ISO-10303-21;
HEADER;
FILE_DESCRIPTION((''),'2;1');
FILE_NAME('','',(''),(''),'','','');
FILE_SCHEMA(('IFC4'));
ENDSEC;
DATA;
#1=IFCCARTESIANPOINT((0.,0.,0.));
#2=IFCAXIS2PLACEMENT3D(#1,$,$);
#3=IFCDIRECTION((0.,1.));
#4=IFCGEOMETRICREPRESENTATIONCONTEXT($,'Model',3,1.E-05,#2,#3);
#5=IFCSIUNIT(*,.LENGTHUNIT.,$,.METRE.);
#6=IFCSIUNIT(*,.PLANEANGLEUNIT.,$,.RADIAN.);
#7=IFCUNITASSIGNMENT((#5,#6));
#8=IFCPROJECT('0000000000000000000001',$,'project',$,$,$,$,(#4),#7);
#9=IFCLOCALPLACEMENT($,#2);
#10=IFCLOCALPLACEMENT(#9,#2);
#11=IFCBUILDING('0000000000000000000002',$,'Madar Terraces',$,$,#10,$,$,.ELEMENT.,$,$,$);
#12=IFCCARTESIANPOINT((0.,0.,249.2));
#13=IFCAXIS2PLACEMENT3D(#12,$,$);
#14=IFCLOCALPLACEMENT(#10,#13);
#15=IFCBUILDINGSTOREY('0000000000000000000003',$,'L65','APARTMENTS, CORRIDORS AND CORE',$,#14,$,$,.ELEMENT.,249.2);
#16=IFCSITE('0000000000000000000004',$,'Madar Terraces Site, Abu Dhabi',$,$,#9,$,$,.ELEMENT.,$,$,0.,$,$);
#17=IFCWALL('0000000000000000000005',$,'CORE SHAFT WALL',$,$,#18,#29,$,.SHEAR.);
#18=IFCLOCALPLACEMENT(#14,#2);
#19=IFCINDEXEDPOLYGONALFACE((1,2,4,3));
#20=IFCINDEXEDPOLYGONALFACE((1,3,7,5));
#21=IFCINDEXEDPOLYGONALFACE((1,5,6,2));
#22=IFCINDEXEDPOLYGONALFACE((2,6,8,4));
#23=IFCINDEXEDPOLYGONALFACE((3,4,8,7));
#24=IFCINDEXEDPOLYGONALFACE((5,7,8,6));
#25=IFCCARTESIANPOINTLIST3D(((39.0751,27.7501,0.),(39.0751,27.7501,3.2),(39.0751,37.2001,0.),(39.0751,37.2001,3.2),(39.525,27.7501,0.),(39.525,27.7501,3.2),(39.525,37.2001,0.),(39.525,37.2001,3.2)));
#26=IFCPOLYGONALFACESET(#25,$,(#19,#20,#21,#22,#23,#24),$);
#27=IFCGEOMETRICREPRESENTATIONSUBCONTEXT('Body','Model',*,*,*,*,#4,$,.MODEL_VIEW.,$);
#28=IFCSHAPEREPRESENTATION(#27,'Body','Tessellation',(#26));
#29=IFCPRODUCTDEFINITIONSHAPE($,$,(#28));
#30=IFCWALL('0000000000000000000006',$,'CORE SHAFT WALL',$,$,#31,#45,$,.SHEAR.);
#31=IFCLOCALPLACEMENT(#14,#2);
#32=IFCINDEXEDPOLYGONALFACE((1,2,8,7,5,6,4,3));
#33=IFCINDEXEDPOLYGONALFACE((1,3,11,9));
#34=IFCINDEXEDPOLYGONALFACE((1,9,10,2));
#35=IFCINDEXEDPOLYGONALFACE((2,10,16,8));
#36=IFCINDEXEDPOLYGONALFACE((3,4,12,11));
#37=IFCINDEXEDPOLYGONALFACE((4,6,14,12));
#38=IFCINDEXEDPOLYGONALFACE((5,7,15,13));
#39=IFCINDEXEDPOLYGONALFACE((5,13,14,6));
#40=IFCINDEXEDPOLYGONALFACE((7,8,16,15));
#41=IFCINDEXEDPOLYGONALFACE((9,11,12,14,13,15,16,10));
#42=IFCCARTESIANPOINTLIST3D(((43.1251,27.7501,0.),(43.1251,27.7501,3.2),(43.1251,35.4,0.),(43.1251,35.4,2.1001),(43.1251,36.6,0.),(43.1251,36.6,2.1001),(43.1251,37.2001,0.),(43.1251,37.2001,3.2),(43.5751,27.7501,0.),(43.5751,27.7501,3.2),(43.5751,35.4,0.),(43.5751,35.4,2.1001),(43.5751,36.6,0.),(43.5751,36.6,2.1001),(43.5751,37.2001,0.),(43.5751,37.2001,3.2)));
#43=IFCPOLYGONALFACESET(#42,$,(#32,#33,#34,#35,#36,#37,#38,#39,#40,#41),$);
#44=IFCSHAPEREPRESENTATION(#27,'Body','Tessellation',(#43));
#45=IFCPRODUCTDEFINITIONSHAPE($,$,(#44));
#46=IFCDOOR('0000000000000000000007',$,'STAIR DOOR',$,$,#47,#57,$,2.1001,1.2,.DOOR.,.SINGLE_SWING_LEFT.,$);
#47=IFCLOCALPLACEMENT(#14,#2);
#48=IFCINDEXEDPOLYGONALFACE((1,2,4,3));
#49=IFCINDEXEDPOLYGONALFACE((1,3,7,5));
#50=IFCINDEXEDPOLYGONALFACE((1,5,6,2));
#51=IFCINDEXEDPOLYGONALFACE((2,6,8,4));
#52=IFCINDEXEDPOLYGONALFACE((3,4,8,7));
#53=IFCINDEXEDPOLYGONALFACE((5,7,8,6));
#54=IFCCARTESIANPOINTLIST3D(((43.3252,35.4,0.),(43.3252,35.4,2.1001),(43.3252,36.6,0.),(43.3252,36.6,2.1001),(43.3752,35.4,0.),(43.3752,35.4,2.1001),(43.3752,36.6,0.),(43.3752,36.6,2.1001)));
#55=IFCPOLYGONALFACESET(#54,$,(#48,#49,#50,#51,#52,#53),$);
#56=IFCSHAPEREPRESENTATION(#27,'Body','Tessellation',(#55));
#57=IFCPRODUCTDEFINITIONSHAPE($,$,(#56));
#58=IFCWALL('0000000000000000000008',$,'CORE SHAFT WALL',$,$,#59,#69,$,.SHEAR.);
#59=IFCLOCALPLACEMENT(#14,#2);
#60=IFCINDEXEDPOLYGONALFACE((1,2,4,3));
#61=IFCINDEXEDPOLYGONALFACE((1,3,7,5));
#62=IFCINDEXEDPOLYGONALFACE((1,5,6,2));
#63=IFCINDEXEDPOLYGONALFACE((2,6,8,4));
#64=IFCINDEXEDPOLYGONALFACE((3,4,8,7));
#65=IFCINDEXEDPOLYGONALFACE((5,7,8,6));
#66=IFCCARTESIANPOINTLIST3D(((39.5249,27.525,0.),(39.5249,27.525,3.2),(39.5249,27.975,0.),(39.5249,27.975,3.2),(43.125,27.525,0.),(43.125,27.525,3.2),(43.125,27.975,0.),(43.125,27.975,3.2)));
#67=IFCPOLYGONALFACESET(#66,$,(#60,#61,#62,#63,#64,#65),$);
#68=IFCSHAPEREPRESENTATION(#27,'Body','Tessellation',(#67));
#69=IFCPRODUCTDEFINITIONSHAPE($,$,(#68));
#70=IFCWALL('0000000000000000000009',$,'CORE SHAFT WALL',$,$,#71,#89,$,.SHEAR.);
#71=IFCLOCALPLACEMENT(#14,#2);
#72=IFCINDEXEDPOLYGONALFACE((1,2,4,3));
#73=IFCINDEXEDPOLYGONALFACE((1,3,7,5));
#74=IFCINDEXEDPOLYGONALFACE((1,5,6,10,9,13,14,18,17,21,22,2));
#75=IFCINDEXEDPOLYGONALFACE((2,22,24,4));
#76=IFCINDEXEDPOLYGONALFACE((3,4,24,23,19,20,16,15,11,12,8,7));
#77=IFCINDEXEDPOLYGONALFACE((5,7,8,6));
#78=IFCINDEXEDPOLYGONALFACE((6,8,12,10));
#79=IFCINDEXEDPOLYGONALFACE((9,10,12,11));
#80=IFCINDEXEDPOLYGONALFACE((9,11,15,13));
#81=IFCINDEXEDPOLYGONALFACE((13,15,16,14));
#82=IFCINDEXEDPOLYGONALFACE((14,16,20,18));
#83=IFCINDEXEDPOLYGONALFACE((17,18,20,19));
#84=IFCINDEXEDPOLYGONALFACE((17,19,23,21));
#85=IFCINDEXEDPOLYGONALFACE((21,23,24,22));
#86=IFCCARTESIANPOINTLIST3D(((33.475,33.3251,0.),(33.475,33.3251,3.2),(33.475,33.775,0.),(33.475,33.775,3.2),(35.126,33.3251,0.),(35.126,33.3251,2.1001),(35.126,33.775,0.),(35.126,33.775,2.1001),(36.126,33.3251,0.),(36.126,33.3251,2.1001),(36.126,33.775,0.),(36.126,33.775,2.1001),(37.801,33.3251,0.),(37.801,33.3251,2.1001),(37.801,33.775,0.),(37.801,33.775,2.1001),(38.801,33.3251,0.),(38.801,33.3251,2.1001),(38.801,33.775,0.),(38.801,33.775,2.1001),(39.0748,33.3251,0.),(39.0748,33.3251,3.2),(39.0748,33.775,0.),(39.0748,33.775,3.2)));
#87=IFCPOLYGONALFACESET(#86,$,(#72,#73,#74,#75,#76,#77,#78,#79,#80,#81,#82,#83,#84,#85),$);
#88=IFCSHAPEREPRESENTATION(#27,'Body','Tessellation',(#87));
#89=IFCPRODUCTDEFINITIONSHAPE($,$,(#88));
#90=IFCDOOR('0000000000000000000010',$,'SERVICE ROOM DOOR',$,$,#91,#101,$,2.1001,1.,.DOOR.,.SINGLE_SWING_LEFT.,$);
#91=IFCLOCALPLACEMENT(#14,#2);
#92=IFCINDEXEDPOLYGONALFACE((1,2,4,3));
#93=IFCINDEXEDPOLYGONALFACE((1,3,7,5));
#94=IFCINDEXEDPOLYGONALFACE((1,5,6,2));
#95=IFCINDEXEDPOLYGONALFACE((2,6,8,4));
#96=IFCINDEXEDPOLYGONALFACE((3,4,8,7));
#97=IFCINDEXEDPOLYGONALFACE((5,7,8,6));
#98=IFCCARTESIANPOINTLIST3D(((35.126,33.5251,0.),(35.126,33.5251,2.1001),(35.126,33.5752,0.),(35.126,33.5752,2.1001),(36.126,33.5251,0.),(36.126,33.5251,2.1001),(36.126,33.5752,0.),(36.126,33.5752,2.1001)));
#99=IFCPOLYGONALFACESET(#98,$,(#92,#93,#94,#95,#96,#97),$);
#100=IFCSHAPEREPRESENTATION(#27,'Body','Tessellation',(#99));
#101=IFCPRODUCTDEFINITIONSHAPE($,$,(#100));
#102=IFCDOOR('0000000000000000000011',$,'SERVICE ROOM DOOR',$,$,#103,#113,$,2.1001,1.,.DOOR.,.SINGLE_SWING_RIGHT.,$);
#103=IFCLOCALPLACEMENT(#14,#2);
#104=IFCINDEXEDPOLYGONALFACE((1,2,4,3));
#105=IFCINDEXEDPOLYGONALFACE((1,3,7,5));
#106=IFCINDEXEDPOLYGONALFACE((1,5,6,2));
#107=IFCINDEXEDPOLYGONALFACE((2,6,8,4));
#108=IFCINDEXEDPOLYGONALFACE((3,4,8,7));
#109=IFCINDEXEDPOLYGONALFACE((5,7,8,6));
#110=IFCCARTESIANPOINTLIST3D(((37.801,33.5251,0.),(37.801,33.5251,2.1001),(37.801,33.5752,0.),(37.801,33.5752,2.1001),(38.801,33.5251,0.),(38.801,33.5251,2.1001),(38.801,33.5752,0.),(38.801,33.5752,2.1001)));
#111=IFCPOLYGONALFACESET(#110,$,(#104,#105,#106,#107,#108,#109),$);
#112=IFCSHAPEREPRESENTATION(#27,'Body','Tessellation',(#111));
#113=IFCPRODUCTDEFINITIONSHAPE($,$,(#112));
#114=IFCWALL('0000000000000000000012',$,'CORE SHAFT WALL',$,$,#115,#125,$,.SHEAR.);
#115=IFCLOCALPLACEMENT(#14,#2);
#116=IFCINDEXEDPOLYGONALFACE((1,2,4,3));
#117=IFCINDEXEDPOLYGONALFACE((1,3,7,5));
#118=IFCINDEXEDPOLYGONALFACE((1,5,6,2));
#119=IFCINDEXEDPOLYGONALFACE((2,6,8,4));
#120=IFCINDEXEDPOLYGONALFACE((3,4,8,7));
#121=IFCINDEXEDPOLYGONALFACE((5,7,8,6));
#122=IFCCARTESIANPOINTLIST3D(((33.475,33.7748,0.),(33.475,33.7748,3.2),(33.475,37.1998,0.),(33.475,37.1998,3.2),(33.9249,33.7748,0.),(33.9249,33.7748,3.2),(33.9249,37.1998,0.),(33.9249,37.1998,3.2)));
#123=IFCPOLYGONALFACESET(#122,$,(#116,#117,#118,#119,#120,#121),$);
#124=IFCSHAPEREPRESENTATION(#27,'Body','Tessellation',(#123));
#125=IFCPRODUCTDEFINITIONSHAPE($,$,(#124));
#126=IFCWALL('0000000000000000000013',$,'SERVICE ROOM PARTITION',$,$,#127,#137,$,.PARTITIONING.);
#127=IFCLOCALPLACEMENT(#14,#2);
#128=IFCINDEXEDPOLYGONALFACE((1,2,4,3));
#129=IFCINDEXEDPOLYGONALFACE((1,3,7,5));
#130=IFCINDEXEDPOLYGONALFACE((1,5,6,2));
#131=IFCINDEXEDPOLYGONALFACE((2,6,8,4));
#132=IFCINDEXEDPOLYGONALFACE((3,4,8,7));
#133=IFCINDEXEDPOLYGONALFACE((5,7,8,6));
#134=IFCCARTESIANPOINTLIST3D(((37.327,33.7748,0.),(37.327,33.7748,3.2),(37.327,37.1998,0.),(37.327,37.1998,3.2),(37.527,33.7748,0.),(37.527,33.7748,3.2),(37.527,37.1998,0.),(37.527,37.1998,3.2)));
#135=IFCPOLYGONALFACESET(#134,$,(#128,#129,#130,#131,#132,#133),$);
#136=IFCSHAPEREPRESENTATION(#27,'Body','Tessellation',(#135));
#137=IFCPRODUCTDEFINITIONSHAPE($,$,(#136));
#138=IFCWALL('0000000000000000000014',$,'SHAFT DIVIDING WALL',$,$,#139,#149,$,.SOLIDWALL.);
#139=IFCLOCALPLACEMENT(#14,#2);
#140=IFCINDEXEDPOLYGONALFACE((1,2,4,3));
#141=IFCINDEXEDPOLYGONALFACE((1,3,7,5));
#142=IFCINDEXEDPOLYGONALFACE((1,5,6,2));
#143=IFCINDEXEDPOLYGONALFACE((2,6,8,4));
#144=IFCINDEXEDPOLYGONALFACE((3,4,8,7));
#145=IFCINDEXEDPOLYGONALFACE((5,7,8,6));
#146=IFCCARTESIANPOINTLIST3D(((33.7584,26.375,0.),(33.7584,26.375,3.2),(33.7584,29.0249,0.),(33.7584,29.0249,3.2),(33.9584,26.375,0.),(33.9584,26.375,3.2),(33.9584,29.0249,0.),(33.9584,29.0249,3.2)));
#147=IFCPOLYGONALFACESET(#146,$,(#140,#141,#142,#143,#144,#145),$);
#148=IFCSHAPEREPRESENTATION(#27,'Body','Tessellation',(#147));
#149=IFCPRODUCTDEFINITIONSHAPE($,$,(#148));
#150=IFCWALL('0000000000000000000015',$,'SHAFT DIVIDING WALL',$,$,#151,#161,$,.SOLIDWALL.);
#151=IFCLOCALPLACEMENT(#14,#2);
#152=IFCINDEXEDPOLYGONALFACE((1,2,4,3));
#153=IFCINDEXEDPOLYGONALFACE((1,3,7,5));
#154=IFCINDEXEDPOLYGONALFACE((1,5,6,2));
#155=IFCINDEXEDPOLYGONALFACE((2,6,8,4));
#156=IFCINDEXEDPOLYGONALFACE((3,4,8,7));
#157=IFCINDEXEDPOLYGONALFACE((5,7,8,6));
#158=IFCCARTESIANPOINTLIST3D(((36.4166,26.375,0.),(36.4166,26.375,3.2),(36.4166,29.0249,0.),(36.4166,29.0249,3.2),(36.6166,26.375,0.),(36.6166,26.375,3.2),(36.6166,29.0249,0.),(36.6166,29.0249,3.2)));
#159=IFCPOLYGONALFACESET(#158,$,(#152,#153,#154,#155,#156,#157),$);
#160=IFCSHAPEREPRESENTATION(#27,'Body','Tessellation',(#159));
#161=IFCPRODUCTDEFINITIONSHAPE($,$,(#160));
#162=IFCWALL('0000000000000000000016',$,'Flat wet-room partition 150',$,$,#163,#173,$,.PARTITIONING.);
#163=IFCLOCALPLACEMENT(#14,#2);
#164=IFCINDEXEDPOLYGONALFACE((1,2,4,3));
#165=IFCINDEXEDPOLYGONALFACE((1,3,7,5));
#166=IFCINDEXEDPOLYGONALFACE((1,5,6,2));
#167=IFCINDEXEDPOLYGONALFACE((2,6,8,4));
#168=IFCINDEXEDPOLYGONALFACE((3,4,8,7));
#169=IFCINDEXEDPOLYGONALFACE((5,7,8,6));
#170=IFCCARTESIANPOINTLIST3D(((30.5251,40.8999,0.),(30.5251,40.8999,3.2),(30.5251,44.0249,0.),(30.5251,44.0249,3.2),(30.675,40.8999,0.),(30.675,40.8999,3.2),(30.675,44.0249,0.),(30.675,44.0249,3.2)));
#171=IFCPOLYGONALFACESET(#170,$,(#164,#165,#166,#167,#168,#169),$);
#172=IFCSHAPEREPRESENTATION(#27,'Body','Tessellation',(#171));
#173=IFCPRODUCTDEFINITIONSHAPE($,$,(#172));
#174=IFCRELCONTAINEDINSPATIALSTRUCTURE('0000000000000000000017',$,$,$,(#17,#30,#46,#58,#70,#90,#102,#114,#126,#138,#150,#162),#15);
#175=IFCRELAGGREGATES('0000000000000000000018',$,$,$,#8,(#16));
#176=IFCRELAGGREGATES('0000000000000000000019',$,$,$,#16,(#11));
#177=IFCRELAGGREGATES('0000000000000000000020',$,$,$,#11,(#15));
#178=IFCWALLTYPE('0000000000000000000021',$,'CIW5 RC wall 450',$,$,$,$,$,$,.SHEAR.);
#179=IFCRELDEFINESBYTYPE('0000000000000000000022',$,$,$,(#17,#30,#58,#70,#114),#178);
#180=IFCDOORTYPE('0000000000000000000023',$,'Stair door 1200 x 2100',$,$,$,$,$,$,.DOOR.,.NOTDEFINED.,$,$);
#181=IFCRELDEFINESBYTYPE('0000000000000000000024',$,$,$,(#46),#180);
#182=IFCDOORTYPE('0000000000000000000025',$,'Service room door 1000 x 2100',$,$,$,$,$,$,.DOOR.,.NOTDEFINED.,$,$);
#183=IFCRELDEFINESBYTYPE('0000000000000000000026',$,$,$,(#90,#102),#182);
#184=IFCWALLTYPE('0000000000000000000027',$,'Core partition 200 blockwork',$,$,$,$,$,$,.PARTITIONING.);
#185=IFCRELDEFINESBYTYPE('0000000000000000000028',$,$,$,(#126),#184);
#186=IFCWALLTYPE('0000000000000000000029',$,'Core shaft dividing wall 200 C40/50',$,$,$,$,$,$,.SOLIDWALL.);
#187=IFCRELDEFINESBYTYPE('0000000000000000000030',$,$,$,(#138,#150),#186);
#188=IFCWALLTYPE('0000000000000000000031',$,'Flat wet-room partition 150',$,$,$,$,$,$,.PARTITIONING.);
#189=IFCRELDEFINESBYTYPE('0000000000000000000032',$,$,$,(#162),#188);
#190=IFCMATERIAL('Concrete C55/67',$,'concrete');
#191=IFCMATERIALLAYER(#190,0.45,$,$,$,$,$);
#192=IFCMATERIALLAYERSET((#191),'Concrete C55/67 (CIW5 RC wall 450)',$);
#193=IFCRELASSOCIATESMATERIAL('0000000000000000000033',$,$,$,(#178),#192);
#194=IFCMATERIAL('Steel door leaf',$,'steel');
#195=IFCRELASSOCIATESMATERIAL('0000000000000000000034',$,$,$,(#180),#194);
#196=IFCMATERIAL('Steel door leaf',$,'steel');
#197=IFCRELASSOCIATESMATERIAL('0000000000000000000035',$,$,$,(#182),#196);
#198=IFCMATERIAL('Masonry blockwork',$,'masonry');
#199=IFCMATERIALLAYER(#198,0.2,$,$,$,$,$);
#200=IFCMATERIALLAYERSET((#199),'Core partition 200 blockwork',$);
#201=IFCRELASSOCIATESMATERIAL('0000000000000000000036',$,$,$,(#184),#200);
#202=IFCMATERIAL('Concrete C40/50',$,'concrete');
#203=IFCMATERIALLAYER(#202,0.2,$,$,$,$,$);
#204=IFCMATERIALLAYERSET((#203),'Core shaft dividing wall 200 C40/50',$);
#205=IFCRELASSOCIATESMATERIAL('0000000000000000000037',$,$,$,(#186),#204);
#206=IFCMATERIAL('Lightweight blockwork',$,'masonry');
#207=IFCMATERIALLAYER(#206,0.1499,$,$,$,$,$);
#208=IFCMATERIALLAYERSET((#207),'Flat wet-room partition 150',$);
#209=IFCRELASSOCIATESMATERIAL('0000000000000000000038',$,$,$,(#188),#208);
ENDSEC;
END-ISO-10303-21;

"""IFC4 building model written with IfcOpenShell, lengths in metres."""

from ifc_helpers import new_model, si_unit, direction, frame, frame_2d, origin, place, context, subcontext, project, spatial, rectangle, extrude, material, layer, layer_set, type_object, element, fill, save


model = new_model("IFC4")

# Units and contexts
model_context = context("Model", 3, precision=1e-05, world=origin(), true_north=direction((0.0, 1.0)))
body_context = subcontext(model_context, "Body", "Model", "MODEL_VIEW")
ifc_project = project(units=[si_unit("LENGTHUNIT", "METRE"), si_unit("PLANEANGLEUNIT", "RADIAN")], contexts=[model_context])

# Site, building, storey
site_placement = place(None, origin())
site = spatial("IfcSite", under=ifc_project, at=site_placement, Name="Madar Terraces Site, Abu Dhabi", CompositionType="ELEMENT", RefElevation=0.0)
building_placement = place(site_placement, origin())
building = spatial("IfcBuilding", under=site, at=building_placement, Name="Madar Terraces", CompositionType="ELEMENT")
storey_placement = place(building_placement, frame((0.0, 0.0, 249.2)))
storey = spatial("IfcBuildingStorey", under=building, at=storey_placement, Name="L65", Description="APARTMENTS, CORRIDORS AND CORE", CompositionType="ELEMENT", Elevation=249.2)

# Wall
ifc_material_1 = material(Name="Concrete C55/67", Category="concrete")
ifc_layer_1 = layer(ifc_material_1, 0.45)
ifc_layer_set_1 = layer_set([ifc_layer_1], Name="Concrete C55/67 (CIW5 RC wall 450)")
wall_type_1 = type_object("IfcWallType", Name="CIW5 RC wall 450", PredefinedType="SHEAR", material=ifc_layer_set_1)
wall_1_placement = place(storey_placement, frame((39.3, 27.75, 0.0), z_axis=(0.0, 0.0, 1.0), x_axis=(0.0, 1.0, 0.0)))
element("IfcWall", 1, at=wall_1_placement, inside=storey, type_object=wall_type_1, Name="CORE SHAFT WALL", PredefinedType="SHEAR", context=body_context, shape_type="SweptSolid", body=[
    extrude(rectangle(XDim=9.45, YDim=0.45, at=frame_2d((4.7251, 0.0))), origin(), (0.0, 0.0, 1.0), 3.2),
])

# Wall, opening, door
wall_2_placement = place(storey_placement, frame((43.3501, 27.75, 0.0), z_axis=(0.0, 0.0, 1.0), x_axis=(0.0, 1.0, 0.0)))
wall_2 = element("IfcWall", 2, at=wall_2_placement, inside=storey, type_object=wall_type_1, Name="CORE SHAFT WALL", PredefinedType="SHEAR", context=body_context, shape_type="SweptSolid", body=[
    extrude(rectangle(XDim=9.45, YDim=0.45, at=frame_2d((4.7251, 0.0))), origin(), (0.0, 0.0, 1.0), 3.2),
])
opening_1_placement = place(wall_2_placement, frame((7.6499, 0.0, 0.0)))
opening_1 = element("IfcOpeningElement", 3, at=opening_1_placement, cuts=wall_2, PredefinedType="OPENING", context=body_context, shape_type="SweptSolid", body=[
    extrude(rectangle(XDim=1.2, YDim=2.1001, at=frame_2d((0.6001, 1.05))), frame((0.0, 0.2349, 0.0), z_axis=(0.0, -1.0, 0.0), x_axis=(1.0, 0.0, 0.0)), (0.0, 0.0, 1.0), 0.47),
])
ifc_material_2 = material(Name="Steel door leaf", Category="steel")
door_type_1 = type_object("IfcDoorType", Name="Stair door 1200 x 2100", OperationType="NOTDEFINED", PredefinedType="DOOR", material=ifc_material_2)
door_1_placement = place(opening_1_placement, origin())
door_1 = element("IfcDoor", 4, at=door_1_placement, inside=storey, type_object=door_type_1, Name="STAIR DOOR", OperationType="SINGLE_SWING_LEFT", OverallHeight=2.1001, OverallWidth=1.2, PredefinedType="DOOR", context=body_context, shape_type="SweptSolid", body=[
    extrude(rectangle(XDim=1.2, YDim=2.1001, at=frame_2d((0.6001, 1.05))), frame((0.0, 0.0249, 0.0), z_axis=(0.0, -1.0, 0.0), x_axis=(1.0, 0.0, 0.0)), (0.0, 0.0, 1.0), 0.05),
])
fill(opening_1, door_1)

# Wall
wall_3_placement = place(storey_placement, frame((39.5249, 27.75, 0.0), z_axis=(0.0, 0.0, 1.0), x_axis=(1.0, 0.0, 0.0)))
element("IfcWall", 5, at=wall_3_placement, inside=storey, type_object=wall_type_1, Name="CORE SHAFT WALL", PredefinedType="SHEAR", context=body_context, shape_type="SweptSolid", body=[
    extrude(rectangle(XDim=3.6001, YDim=0.45, at=frame_2d((1.8, 0.0))), origin(), (0.0, 0.0, 1.0), 3.2),
])

# Wall, openings, doors
wall_4_placement = place(storey_placement, frame((33.4751, 33.55, 0.0), z_axis=(0.0, 0.0, 1.0), x_axis=(1.0, 0.0, 0.0)))
wall_4 = element("IfcWall", 6, at=wall_4_placement, inside=storey, type_object=wall_type_1, Name="CORE SHAFT WALL", PredefinedType="SHEAR", context=body_context, shape_type="SweptSolid", body=[
    extrude(rectangle(XDim=5.5999, YDim=0.45, at=frame_2d((2.7998, 0.0))), origin(), (0.0, 0.0, 1.0), 3.2),
])
opening_2_placement = place(wall_4_placement, frame((1.6509, 0.0, 0.0)))
opening_2 = element("IfcOpeningElement", 7, at=opening_2_placement, cuts=wall_4, PredefinedType="OPENING", context=body_context, shape_type="SweptSolid", body=[
    extrude(rectangle(XDim=1.0, YDim=2.1001, at=frame_2d((0.5, 1.05))), frame((0.0, 0.2349, 0.0), z_axis=(0.0, -1.0, 0.0), x_axis=(1.0, 0.0, 0.0)), (0.0, 0.0, 1.0), 0.47),
])
opening_3_placement = place(wall_4_placement, frame((4.3259, 0.0, 0.0)))
opening_3 = element("IfcOpeningElement", 8, at=opening_3_placement, cuts=wall_4, PredefinedType="OPENING", context=body_context, shape_type="SweptSolid", body=[
    extrude(rectangle(XDim=1.0, YDim=2.1001, at=frame_2d((0.5, 1.05))), frame((0.0, 0.2349, 0.0), z_axis=(0.0, -1.0, 0.0), x_axis=(1.0, 0.0, 0.0)), (0.0, 0.0, 1.0), 0.47),
])
ifc_material_3 = material(Name="Steel door leaf", Category="steel")
door_type_2 = type_object("IfcDoorType", Name="Service room door 1000 x 2100", OperationType="NOTDEFINED", PredefinedType="DOOR", material=ifc_material_3)
door_2_placement = place(opening_2_placement, frame((1.0, 0.0, 0.0), z_axis=(0.0, 0.0, 1.0), x_axis=(-1.0, 0.0, 0.0)))
door_2 = element("IfcDoor", 9, at=door_2_placement, inside=storey, type_object=door_type_2, Name="SERVICE ROOM DOOR", OperationType="SINGLE_SWING_LEFT", OverallHeight=2.1001, OverallWidth=1.0, PredefinedType="DOOR", context=body_context, shape_type="SweptSolid", body=[
    extrude(rectangle(XDim=1.0, YDim=2.1001, at=frame_2d((0.5, 1.05))), frame((0.0, 0.0249, 0.0), z_axis=(0.0, -1.0, 0.0), x_axis=(1.0, 0.0, 0.0)), (0.0, 0.0, 1.0), 0.05),
])
fill(opening_2, door_2)
door_3_placement = place(opening_3_placement, frame((1.0, 0.0, 0.0), z_axis=(0.0, 0.0, 1.0), x_axis=(-1.0, 0.0, 0.0)))
door_3 = element("IfcDoor", 10, at=door_3_placement, inside=storey, type_object=door_type_2, Name="SERVICE ROOM DOOR", OperationType="SINGLE_SWING_RIGHT", OverallHeight=2.1001, OverallWidth=1.0, PredefinedType="DOOR", context=body_context, shape_type="SweptSolid", body=[
    extrude(rectangle(XDim=1.0, YDim=2.1001, at=frame_2d((0.5, 1.05))), frame((0.0, 0.0249, 0.0), z_axis=(0.0, -1.0, 0.0), x_axis=(1.0, 0.0, 0.0)), (0.0, 0.0, 1.0), 0.05),
])
fill(opening_3, door_3)

# Walls
wall_5_placement = place(storey_placement, frame((33.7, 33.7749, 0.0), z_axis=(0.0, 0.0, 1.0), x_axis=(0.0, 1.0, 0.0)))
element("IfcWall", 11, at=wall_5_placement, inside=storey, type_object=wall_type_1, Name="CORE SHAFT WALL", PredefinedType="SHEAR", context=body_context, shape_type="SweptSolid", body=[
    extrude(rectangle(XDim=3.425, YDim=0.45, at=frame_2d((1.7124, 0.0))), origin(), (0.0, 0.0, 1.0), 3.2),
])
ifc_material_4 = material(Name="Masonry blockwork", Category="masonry")
ifc_layer_2 = layer(ifc_material_4, 0.2)
ifc_layer_set_2 = layer_set([ifc_layer_2], Name="Core partition 200 blockwork")
wall_type_2 = type_object("IfcWallType", Name="Core partition 200 blockwork", PredefinedType="PARTITIONING", material=ifc_layer_set_2)
wall_6_placement = place(storey_placement, frame((37.427, 33.7749, 0.0), z_axis=(0.0, 0.0, 1.0), x_axis=(0.0, 1.0, 0.0)))
element("IfcWall", 12, at=wall_6_placement, inside=storey, type_object=wall_type_2, Name="SERVICE ROOM PARTITION", PredefinedType="PARTITIONING", context=body_context, shape_type="SweptSolid", body=[
    extrude(rectangle(XDim=3.425, YDim=0.2, at=frame_2d((1.7124, 0.0))), origin(), (0.0, 0.0, 1.0), 3.2),
])
ifc_material_5 = material(Name="Concrete C40/50", Category="concrete")
ifc_layer_3 = layer(ifc_material_5, 0.2)
ifc_layer_set_3 = layer_set([ifc_layer_3], Name="Core shaft dividing wall 200 C40/50")
wall_type_3 = type_object("IfcWallType", Name="Core shaft dividing wall 200 C40/50", PredefinedType="SOLIDWALL", material=ifc_layer_set_3)
for number, where, z_axis, x_axis, name in (
    (13, (33.8584, 26.375, 0.0), (0.0, 0.0, 1.0), (0.0, 1.0, 0.0), "SHAFT DIVIDING WALL"),
    (14, (36.5166, 26.375, 0.0), (0.0, 0.0, 1.0), (0.0, 1.0, 0.0), "SHAFT DIVIDING WALL"),
):
    element("IfcWall", number, at=place(storey_placement, frame(where, z_axis=z_axis, x_axis=x_axis)), inside=storey, type_object=wall_type_3, Name=name, PredefinedType="SOLIDWALL", context=body_context, shape_type="SweptSolid", body=[
        extrude(rectangle(XDim=2.6499, YDim=0.2, at=frame_2d((1.325, 0.0))), origin(), (0.0, 0.0, 1.0), 3.2),
    ])
ifc_material_6 = material(Name="Lightweight blockwork", Category="masonry")
ifc_layer_4 = layer(ifc_material_6, 0.1499)
ifc_layer_set_4 = layer_set([ifc_layer_4], Name="Flat wet-room partition 150")
wall_type_4 = type_object("IfcWallType", Name="Flat wet-room partition 150", PredefinedType="PARTITIONING", material=ifc_layer_set_4)
wall_7_placement = place(storey_placement, frame((30.6001, 40.8999, 0.0), z_axis=(0.0, 0.0, 1.0), x_axis=(0.0, 1.0, 0.0)))
element("IfcWall", 15, at=wall_7_placement, inside=storey, type_object=wall_type_4, Name="Flat wet-room partition 150", PredefinedType="PARTITIONING", context=body_context, shape_type="SweptSolid", body=[
    extrude(rectangle(XDim=3.125, YDim=0.1499, at=frame_2d((1.5625, 0.0))), origin(), (0.0, 0.0, 1.0), 3.2),
])

save(model, "model.ifc")
